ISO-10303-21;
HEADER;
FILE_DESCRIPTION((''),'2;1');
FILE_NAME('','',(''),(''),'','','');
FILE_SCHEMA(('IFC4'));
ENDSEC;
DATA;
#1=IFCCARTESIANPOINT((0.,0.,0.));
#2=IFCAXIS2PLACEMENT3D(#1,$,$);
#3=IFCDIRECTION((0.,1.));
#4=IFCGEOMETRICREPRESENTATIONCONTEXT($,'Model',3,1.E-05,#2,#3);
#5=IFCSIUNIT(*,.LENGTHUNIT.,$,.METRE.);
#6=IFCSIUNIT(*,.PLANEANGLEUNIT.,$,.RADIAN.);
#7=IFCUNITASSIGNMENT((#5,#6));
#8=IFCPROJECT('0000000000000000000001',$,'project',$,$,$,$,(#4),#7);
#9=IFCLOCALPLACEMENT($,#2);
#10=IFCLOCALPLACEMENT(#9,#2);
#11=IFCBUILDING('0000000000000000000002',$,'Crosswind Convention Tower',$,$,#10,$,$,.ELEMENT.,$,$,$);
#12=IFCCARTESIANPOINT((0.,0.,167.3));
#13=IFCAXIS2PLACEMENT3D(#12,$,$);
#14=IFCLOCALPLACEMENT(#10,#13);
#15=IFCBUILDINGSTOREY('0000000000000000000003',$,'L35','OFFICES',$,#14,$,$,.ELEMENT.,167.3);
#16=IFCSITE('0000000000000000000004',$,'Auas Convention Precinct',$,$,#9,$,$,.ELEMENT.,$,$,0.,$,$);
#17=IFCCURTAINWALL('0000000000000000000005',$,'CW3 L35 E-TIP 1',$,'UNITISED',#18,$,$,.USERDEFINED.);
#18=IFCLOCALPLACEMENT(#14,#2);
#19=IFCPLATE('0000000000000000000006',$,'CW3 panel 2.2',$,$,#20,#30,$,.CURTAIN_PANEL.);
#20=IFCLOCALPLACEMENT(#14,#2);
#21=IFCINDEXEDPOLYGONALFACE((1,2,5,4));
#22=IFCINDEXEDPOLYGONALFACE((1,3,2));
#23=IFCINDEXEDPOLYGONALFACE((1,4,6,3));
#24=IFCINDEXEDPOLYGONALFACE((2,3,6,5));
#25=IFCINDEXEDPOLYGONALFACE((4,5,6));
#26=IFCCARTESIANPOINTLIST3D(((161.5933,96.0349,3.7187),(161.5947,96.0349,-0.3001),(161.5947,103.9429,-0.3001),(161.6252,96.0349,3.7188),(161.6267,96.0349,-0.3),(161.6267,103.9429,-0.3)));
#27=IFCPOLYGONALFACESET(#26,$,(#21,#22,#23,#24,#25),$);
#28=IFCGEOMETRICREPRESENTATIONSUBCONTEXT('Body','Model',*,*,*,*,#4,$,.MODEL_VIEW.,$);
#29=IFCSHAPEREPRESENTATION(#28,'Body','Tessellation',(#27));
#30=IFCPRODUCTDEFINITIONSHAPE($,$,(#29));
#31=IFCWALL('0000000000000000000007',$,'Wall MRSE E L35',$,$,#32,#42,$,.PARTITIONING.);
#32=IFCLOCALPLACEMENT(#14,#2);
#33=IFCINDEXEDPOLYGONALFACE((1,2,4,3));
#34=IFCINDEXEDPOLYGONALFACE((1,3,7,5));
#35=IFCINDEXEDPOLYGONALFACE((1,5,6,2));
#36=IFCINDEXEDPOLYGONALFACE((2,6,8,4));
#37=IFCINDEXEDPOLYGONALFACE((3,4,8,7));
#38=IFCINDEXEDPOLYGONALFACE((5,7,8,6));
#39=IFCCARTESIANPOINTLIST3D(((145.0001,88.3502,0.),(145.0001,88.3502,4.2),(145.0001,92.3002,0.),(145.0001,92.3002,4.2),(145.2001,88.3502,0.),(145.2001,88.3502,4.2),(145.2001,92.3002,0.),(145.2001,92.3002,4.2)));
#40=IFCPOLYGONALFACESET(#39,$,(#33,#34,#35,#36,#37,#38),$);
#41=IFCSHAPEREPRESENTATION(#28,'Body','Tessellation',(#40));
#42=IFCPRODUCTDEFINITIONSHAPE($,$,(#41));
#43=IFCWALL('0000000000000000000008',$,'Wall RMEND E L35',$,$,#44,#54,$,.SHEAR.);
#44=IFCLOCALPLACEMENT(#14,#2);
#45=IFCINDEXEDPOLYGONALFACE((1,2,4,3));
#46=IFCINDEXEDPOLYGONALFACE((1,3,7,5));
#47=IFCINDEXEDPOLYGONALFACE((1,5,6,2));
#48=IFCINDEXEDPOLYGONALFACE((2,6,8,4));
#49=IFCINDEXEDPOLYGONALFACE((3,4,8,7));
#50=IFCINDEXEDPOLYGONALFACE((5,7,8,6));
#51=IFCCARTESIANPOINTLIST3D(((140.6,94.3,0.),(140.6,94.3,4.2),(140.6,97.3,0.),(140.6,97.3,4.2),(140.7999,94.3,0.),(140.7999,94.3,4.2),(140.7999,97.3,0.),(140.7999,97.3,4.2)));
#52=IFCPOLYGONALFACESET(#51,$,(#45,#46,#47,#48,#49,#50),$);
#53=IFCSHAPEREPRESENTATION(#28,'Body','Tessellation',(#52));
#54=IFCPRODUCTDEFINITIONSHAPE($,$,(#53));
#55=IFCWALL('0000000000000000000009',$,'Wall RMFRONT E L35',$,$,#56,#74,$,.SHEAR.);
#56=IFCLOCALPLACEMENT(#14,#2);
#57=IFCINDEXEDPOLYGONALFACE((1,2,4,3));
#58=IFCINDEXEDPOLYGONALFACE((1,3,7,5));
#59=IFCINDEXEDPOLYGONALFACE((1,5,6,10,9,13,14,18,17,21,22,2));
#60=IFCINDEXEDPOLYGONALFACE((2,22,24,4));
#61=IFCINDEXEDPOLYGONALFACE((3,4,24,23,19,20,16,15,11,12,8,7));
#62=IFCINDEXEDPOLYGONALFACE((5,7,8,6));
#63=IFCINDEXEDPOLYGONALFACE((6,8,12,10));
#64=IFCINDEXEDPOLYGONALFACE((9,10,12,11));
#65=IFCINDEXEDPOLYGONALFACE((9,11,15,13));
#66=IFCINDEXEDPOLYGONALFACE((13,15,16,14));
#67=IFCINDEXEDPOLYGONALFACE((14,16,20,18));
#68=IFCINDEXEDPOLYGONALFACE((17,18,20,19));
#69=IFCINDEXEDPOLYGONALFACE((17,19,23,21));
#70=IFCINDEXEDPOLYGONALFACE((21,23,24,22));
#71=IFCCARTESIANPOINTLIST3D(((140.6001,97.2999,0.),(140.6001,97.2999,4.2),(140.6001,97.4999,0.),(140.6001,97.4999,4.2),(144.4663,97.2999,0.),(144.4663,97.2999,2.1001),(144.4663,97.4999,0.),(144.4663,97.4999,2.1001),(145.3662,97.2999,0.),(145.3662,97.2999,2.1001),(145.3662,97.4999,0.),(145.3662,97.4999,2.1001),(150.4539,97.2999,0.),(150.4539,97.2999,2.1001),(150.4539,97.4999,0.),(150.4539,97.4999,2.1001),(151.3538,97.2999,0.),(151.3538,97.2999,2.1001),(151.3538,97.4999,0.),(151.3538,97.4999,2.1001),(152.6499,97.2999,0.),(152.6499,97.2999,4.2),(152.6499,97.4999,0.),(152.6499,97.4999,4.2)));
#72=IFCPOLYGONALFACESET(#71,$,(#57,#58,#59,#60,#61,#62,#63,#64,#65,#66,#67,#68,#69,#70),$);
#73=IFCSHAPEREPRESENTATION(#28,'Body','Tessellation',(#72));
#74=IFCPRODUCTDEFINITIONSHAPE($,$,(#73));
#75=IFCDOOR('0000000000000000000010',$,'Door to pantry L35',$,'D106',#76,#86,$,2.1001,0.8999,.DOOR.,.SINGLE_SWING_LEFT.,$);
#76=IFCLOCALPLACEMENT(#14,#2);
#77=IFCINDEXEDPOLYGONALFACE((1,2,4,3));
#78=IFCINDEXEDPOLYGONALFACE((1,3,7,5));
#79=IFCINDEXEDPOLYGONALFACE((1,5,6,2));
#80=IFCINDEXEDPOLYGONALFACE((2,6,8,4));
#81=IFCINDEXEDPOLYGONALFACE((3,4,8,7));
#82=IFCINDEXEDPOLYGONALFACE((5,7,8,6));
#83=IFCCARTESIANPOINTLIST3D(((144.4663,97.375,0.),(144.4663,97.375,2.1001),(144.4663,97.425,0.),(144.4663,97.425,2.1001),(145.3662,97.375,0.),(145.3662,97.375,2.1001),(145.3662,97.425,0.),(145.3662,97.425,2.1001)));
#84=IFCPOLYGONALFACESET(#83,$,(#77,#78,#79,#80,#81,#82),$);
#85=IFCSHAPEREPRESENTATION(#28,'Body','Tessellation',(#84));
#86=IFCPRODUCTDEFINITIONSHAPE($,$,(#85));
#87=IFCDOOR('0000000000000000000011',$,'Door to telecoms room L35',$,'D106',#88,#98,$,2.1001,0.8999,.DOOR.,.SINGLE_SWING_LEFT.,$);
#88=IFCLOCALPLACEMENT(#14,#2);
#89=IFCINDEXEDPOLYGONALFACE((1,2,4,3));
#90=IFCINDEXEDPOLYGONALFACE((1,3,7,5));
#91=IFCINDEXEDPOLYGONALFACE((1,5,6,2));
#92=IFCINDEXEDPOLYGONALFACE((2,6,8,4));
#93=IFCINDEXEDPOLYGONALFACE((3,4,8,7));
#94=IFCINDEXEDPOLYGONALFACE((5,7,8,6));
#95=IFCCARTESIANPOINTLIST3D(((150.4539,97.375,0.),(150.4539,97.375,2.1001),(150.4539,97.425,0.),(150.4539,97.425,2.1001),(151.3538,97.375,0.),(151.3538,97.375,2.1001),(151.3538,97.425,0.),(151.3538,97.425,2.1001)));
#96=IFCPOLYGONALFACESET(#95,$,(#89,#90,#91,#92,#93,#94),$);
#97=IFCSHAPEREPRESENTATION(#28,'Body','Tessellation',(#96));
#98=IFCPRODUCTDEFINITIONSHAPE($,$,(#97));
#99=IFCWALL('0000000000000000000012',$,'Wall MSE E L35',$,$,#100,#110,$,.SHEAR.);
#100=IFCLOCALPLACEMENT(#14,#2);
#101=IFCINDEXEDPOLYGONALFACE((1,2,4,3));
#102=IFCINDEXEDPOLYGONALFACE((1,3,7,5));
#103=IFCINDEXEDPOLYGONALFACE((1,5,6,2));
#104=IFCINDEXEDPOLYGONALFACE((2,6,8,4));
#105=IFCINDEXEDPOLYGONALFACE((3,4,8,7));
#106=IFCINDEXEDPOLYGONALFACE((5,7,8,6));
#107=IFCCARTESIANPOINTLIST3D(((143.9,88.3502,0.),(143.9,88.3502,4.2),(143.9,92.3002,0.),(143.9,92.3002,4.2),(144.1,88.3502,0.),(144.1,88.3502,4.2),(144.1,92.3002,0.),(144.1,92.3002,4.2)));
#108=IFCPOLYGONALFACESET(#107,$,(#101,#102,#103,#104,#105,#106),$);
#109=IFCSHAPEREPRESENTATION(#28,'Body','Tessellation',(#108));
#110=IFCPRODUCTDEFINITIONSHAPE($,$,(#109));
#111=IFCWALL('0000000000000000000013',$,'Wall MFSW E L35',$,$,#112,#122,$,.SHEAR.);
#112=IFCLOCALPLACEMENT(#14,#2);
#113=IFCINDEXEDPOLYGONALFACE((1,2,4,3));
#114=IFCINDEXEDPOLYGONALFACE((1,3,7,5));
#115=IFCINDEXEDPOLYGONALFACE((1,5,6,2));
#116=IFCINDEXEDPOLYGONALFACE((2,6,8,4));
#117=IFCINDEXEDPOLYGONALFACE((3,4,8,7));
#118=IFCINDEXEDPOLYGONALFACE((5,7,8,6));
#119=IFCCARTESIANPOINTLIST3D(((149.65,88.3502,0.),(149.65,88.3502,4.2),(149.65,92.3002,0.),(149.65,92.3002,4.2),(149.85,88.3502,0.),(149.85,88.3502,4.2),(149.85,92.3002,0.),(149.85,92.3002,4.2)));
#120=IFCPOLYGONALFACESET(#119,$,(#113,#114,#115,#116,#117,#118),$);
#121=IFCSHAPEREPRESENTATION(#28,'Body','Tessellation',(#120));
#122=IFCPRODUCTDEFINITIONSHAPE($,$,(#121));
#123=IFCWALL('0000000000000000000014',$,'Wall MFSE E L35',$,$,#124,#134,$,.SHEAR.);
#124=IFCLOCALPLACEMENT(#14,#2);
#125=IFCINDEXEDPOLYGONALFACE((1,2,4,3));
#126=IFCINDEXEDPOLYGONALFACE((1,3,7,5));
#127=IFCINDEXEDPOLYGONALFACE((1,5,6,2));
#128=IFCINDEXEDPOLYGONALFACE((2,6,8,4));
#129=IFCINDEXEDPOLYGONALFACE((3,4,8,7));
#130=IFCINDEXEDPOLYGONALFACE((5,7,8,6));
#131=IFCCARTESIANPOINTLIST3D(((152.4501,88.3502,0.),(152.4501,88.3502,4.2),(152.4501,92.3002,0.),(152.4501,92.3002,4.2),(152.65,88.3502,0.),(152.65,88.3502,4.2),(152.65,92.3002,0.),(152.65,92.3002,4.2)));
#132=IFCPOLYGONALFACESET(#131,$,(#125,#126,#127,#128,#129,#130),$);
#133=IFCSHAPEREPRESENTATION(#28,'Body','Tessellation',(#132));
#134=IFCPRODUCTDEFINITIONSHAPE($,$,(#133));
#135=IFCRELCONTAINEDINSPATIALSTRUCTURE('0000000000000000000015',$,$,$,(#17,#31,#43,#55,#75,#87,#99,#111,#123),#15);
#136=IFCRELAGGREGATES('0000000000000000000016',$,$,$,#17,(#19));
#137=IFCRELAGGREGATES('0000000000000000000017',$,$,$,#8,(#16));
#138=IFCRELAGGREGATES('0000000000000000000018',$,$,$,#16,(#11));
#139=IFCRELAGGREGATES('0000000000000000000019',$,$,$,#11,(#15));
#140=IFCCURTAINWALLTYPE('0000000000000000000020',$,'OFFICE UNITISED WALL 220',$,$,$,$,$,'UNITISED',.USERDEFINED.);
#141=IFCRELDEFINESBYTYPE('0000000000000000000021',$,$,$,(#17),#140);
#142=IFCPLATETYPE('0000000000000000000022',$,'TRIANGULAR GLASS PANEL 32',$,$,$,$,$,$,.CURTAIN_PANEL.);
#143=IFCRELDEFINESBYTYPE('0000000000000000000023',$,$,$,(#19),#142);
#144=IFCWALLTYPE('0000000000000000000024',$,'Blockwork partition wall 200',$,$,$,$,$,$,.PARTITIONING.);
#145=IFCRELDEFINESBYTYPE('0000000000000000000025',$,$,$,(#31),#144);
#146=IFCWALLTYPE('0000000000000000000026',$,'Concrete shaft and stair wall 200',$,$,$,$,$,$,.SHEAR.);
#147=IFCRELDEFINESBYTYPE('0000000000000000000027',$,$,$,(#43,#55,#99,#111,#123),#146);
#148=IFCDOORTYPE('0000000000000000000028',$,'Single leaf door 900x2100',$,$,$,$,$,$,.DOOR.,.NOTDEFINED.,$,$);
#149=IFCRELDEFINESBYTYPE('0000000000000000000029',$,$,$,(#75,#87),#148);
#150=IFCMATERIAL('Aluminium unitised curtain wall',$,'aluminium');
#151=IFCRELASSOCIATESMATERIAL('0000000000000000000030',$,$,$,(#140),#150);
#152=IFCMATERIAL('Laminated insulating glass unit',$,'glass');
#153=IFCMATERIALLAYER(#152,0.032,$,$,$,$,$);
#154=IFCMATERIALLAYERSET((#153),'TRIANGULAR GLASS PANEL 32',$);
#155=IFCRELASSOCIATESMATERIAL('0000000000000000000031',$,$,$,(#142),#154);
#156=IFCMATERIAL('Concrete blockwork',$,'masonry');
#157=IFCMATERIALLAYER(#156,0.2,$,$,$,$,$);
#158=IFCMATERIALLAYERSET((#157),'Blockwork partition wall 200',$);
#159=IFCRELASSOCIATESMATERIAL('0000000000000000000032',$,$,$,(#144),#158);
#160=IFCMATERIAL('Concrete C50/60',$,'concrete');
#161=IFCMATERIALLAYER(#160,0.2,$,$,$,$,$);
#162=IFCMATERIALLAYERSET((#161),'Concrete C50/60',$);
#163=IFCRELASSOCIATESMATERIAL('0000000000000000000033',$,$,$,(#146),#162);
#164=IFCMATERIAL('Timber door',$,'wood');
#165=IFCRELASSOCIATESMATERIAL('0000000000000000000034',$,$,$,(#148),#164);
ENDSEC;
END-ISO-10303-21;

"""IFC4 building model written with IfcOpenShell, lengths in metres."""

from ifc_helpers import new_model, si_unit, direction, frame, frame_2d, origin, place, context, subcontext, project, spatial, polyline, rectangle, outline, extrude, material, layer, layer_set, type_object, element, fill, aggregate, save


model = new_model("IFC4")

# Units and contexts
model_context = context("Model", 3, precision=1e-05, world=origin(), true_north=direction((0.0, 1.0)))
body_context = subcontext(model_context, "Body", "Model", "MODEL_VIEW")
ifc_project = project(units=[si_unit("LENGTHUNIT", "METRE"), si_unit("PLANEANGLEUNIT", "RADIAN")], contexts=[model_context])

# Site, building, storey
site_placement = place(None, origin())
site = spatial("IfcSite", under=ifc_project, at=site_placement, Name="Auas Convention Precinct", CompositionType="ELEMENT", RefElevation=0.0)
building_placement = place(site_placement, origin())
building = spatial("IfcBuilding", under=site, at=building_placement, Name="Crosswind Convention Tower", CompositionType="ELEMENT")
storey_placement = place(building_placement, frame((0.0, 0.0, 167.3)))
storey = spatial("IfcBuildingStorey", under=building, at=storey_placement, Name="L35", Description="OFFICES", CompositionType="ELEMENT", Elevation=167.3)

# Curtain wall
ifc_material_1 = material(Name="Aluminium unitised curtain wall", Category="aluminium")
curtain_wall_type = type_object("IfcCurtainWallType", Name="OFFICE UNITISED WALL 220", ElementType="UNITISED", PredefinedType="USERDEFINED", material=ifc_material_1)
curtain_wall_placement = place(storey_placement, origin())
curtain_wall = element("IfcCurtainWall", 1, at=curtain_wall_placement, inside=storey, type_object=curtain_wall_type, Name="CW3 L35 E-TIP 1", ObjectType="UNITISED", PredefinedType="USERDEFINED")

# Plate
ifc_material_2 = material(Name="Laminated insulating glass unit", Category="glass")
ifc_layer_1 = layer(ifc_material_2, 0.032)
ifc_layer_set_1 = layer_set([ifc_layer_1], Name="TRIANGULAR GLASS PANEL 32")
plate_type = type_object("IfcPlateType", Name="TRIANGULAR GLASS PANEL 32", PredefinedType="CURTAIN_PANEL", material=ifc_layer_set_1)
plate_1_placement = place(storey_placement, frame((161.6267, 96.0349, -0.3), z_axis=(1.0, 0.0, 0.000364), x_axis=(0.0, 1.0, 0.0)))
plate_1 = element("IfcPlate", 2, at=plate_1_placement, type_object=plate_type, Name="CW3 panel 2.2", PredefinedType="CURTAIN_PANEL", context=body_context, shape_type="SweptSolid", body=[
    extrude(outline(polyline([(0.0, 0.0), (7.908, 0.0), (0.0, 4.0188), (0.0, 0.0)])), origin(), (0.0, 0.0, -1.0), 0.032),
])
aggregate(curtain_wall, [plate_1])

# Wall
ifc_material_3 = material(Name="Concrete blockwork", Category="masonry")
ifc_layer_2 = layer(ifc_material_3, 0.2)
ifc_layer_set_2 = layer_set([ifc_layer_2], Name="Blockwork partition wall 200")
wall_type_1 = type_object("IfcWallType", Name="Blockwork partition wall 200", PredefinedType="PARTITIONING", material=ifc_layer_set_2)
wall_1_placement = place(storey_placement, frame((145.1001, 88.3501, 0.0), z_axis=(0.0, 0.0, 1.0), x_axis=(0.0, 1.0, 0.0)))
element("IfcWall", 3, at=wall_1_placement, inside=storey, type_object=wall_type_1, Name="Wall MRSE E L35", PredefinedType="PARTITIONING", context=body_context, shape_type="SweptSolid", body=[
    extrude(rectangle(XDim=3.95, YDim=0.2, at=frame_2d((1.9751, 0.0))), origin(), (0.0, 0.0, 1.0), 4.2),
])

# Wall
ifc_material_4 = material(Name="Concrete C50/60", Category="concrete")
ifc_layer_3 = layer(ifc_material_4, 0.2)
ifc_layer_set_3 = layer_set([ifc_layer_3], Name="Concrete C50/60")
wall_type_2 = type_object("IfcWallType", Name="Concrete shaft and stair wall 200", PredefinedType="SHEAR", material=ifc_layer_set_3)
wall_2_placement = place(storey_placement, frame((140.7, 94.3, 0.0), z_axis=(0.0, 0.0, 1.0), x_axis=(0.0, 1.0, 0.0)))
element("IfcWall", 4, at=wall_2_placement, inside=storey, type_object=wall_type_2, Name="Wall RMEND E L35", PredefinedType="SHEAR", context=body_context, shape_type="SweptSolid", body=[
    extrude(rectangle(XDim=3.0, YDim=0.2, at=frame_2d((1.5, 0.0))), origin(), (0.0, 0.0, 1.0), 4.2),
])

# Wall, openings, doors
wall_3_placement = place(storey_placement, frame((140.6001, 97.3999, 0.0), z_axis=(0.0, 0.0, 1.0), x_axis=(1.0, 0.0, 0.0)))
wall_3 = element("IfcWall", 5, at=wall_3_placement, inside=storey, type_object=wall_type_2, Name="Wall RMFRONT E L35", PredefinedType="SHEAR", context=body_context, shape_type="SweptSolid", body=[
    extrude(rectangle(XDim=12.0498, YDim=0.2, at=frame_2d((6.0249, 0.0))), origin(), (0.0, 0.0, 1.0), 4.2),
])
opening_1_placement = place(wall_3_placement, frame((3.8662, 0.0, 0.0)))
opening_1 = element("IfcOpeningElement", 6, at=opening_1_placement, cuts=wall_3, PredefinedType="OPENING", context=body_context, shape_type="SweptSolid", body=[
    extrude(rectangle(XDim=0.8999, YDim=2.1001, at=frame_2d((0.45, 1.05))), frame((0.0, 0.1099, 0.0), z_axis=(0.0, -1.0, 0.0), x_axis=(1.0, 0.0, 0.0)), (0.0, 0.0, 1.0), 0.22),
])
opening_2_placement = place(wall_3_placement, frame((9.8538, 0.0, 0.0)))
opening_2 = element("IfcOpeningElement", 7, at=opening_2_placement, cuts=wall_3, PredefinedType="OPENING", context=body_context, shape_type="SweptSolid", body=[
    extrude(rectangle(XDim=0.8999, YDim=2.1001, at=frame_2d((0.45, 1.05))), frame((0.0, 0.1099, 0.0), z_axis=(0.0, -1.0, 0.0), x_axis=(1.0, 0.0, 0.0)), (0.0, 0.0, 1.0), 0.22),
])
ifc_material_5 = material(Name="Timber door", Category="wood")
door_type_1 = type_object("IfcDoorType", Name="Single leaf door 900x2100", OperationType="NOTDEFINED", PredefinedType="DOOR", material=ifc_material_5)
door_1_placement = place(opening_1_placement, frame((0.8999, 0.0, 0.0), z_axis=(0.0, 0.0, 1.0), x_axis=(-1.0, 0.0, 0.0)))
door_1 = element("IfcDoor", 8, at=door_1_placement, inside=storey, type_object=door_type_1, Name="Door to pantry L35", ObjectType="D106", OperationType="SINGLE_SWING_LEFT", OverallHeight=2.1001, OverallWidth=0.8999, PredefinedType="DOOR", context=body_context, shape_type="SweptSolid", body=[
    extrude(rectangle(XDim=0.8999, YDim=2.1001, at=frame_2d((0.45, 1.05))), frame((0.0, 0.0249, 0.0), z_axis=(0.0, -1.0, 0.0), x_axis=(1.0, 0.0, 0.0)), (0.0, 0.0, 1.0), 0.05),
])
fill(opening_1, door_1)
door_2_placement = place(opening_2_placement, frame((0.8999, 0.0, 0.0), z_axis=(0.0, 0.0, 1.0), x_axis=(-1.0, 0.0, 0.0)))
door_2 = element("IfcDoor", 9, at=door_2_placement, inside=storey, type_object=door_type_1, Name="Door to telecoms room L35", ObjectType="D106", OperationType="SINGLE_SWING_LEFT", OverallHeight=2.1001, OverallWidth=0.8999, PredefinedType="DOOR", context=body_context, shape_type="SweptSolid", body=[
    extrude(rectangle(XDim=0.8999, YDim=2.1001, at=frame_2d((0.45, 1.05))), frame((0.0, 0.0249, 0.0), z_axis=(0.0, -1.0, 0.0), x_axis=(1.0, 0.0, 0.0)), (0.0, 0.0, 1.0), 0.05),
])
fill(opening_2, door_2)

# Walls
for number, where, z_axis, x_axis, name in (
    (10, (144.0, 88.3501, 0.0), (0.0, 0.0, 1.0), (0.0, 1.0, 0.0), "Wall MSE E L35"),
    (11, (149.75, 88.3501, 0.0), (0.0, 0.0, 1.0), (0.0, 1.0, 0.0), "Wall MFSW E L35"),
    (12, (152.55, 88.3501, 0.0), (0.0, 0.0, 1.0), (0.0, 1.0, 0.0), "Wall MFSE E L35"),
):
    element("IfcWall", number, at=place(storey_placement, frame(where, z_axis=z_axis, x_axis=x_axis)), inside=storey, type_object=wall_type_2, Name=name, PredefinedType="SHEAR", context=body_context, shape_type="SweptSolid", body=[
        extrude(rectangle(XDim=3.95, YDim=0.2, at=frame_2d((1.9751, 0.0))), origin(), (0.0, 0.0, 1.0), 4.2),
    ])

save(model, "model.ifc")
